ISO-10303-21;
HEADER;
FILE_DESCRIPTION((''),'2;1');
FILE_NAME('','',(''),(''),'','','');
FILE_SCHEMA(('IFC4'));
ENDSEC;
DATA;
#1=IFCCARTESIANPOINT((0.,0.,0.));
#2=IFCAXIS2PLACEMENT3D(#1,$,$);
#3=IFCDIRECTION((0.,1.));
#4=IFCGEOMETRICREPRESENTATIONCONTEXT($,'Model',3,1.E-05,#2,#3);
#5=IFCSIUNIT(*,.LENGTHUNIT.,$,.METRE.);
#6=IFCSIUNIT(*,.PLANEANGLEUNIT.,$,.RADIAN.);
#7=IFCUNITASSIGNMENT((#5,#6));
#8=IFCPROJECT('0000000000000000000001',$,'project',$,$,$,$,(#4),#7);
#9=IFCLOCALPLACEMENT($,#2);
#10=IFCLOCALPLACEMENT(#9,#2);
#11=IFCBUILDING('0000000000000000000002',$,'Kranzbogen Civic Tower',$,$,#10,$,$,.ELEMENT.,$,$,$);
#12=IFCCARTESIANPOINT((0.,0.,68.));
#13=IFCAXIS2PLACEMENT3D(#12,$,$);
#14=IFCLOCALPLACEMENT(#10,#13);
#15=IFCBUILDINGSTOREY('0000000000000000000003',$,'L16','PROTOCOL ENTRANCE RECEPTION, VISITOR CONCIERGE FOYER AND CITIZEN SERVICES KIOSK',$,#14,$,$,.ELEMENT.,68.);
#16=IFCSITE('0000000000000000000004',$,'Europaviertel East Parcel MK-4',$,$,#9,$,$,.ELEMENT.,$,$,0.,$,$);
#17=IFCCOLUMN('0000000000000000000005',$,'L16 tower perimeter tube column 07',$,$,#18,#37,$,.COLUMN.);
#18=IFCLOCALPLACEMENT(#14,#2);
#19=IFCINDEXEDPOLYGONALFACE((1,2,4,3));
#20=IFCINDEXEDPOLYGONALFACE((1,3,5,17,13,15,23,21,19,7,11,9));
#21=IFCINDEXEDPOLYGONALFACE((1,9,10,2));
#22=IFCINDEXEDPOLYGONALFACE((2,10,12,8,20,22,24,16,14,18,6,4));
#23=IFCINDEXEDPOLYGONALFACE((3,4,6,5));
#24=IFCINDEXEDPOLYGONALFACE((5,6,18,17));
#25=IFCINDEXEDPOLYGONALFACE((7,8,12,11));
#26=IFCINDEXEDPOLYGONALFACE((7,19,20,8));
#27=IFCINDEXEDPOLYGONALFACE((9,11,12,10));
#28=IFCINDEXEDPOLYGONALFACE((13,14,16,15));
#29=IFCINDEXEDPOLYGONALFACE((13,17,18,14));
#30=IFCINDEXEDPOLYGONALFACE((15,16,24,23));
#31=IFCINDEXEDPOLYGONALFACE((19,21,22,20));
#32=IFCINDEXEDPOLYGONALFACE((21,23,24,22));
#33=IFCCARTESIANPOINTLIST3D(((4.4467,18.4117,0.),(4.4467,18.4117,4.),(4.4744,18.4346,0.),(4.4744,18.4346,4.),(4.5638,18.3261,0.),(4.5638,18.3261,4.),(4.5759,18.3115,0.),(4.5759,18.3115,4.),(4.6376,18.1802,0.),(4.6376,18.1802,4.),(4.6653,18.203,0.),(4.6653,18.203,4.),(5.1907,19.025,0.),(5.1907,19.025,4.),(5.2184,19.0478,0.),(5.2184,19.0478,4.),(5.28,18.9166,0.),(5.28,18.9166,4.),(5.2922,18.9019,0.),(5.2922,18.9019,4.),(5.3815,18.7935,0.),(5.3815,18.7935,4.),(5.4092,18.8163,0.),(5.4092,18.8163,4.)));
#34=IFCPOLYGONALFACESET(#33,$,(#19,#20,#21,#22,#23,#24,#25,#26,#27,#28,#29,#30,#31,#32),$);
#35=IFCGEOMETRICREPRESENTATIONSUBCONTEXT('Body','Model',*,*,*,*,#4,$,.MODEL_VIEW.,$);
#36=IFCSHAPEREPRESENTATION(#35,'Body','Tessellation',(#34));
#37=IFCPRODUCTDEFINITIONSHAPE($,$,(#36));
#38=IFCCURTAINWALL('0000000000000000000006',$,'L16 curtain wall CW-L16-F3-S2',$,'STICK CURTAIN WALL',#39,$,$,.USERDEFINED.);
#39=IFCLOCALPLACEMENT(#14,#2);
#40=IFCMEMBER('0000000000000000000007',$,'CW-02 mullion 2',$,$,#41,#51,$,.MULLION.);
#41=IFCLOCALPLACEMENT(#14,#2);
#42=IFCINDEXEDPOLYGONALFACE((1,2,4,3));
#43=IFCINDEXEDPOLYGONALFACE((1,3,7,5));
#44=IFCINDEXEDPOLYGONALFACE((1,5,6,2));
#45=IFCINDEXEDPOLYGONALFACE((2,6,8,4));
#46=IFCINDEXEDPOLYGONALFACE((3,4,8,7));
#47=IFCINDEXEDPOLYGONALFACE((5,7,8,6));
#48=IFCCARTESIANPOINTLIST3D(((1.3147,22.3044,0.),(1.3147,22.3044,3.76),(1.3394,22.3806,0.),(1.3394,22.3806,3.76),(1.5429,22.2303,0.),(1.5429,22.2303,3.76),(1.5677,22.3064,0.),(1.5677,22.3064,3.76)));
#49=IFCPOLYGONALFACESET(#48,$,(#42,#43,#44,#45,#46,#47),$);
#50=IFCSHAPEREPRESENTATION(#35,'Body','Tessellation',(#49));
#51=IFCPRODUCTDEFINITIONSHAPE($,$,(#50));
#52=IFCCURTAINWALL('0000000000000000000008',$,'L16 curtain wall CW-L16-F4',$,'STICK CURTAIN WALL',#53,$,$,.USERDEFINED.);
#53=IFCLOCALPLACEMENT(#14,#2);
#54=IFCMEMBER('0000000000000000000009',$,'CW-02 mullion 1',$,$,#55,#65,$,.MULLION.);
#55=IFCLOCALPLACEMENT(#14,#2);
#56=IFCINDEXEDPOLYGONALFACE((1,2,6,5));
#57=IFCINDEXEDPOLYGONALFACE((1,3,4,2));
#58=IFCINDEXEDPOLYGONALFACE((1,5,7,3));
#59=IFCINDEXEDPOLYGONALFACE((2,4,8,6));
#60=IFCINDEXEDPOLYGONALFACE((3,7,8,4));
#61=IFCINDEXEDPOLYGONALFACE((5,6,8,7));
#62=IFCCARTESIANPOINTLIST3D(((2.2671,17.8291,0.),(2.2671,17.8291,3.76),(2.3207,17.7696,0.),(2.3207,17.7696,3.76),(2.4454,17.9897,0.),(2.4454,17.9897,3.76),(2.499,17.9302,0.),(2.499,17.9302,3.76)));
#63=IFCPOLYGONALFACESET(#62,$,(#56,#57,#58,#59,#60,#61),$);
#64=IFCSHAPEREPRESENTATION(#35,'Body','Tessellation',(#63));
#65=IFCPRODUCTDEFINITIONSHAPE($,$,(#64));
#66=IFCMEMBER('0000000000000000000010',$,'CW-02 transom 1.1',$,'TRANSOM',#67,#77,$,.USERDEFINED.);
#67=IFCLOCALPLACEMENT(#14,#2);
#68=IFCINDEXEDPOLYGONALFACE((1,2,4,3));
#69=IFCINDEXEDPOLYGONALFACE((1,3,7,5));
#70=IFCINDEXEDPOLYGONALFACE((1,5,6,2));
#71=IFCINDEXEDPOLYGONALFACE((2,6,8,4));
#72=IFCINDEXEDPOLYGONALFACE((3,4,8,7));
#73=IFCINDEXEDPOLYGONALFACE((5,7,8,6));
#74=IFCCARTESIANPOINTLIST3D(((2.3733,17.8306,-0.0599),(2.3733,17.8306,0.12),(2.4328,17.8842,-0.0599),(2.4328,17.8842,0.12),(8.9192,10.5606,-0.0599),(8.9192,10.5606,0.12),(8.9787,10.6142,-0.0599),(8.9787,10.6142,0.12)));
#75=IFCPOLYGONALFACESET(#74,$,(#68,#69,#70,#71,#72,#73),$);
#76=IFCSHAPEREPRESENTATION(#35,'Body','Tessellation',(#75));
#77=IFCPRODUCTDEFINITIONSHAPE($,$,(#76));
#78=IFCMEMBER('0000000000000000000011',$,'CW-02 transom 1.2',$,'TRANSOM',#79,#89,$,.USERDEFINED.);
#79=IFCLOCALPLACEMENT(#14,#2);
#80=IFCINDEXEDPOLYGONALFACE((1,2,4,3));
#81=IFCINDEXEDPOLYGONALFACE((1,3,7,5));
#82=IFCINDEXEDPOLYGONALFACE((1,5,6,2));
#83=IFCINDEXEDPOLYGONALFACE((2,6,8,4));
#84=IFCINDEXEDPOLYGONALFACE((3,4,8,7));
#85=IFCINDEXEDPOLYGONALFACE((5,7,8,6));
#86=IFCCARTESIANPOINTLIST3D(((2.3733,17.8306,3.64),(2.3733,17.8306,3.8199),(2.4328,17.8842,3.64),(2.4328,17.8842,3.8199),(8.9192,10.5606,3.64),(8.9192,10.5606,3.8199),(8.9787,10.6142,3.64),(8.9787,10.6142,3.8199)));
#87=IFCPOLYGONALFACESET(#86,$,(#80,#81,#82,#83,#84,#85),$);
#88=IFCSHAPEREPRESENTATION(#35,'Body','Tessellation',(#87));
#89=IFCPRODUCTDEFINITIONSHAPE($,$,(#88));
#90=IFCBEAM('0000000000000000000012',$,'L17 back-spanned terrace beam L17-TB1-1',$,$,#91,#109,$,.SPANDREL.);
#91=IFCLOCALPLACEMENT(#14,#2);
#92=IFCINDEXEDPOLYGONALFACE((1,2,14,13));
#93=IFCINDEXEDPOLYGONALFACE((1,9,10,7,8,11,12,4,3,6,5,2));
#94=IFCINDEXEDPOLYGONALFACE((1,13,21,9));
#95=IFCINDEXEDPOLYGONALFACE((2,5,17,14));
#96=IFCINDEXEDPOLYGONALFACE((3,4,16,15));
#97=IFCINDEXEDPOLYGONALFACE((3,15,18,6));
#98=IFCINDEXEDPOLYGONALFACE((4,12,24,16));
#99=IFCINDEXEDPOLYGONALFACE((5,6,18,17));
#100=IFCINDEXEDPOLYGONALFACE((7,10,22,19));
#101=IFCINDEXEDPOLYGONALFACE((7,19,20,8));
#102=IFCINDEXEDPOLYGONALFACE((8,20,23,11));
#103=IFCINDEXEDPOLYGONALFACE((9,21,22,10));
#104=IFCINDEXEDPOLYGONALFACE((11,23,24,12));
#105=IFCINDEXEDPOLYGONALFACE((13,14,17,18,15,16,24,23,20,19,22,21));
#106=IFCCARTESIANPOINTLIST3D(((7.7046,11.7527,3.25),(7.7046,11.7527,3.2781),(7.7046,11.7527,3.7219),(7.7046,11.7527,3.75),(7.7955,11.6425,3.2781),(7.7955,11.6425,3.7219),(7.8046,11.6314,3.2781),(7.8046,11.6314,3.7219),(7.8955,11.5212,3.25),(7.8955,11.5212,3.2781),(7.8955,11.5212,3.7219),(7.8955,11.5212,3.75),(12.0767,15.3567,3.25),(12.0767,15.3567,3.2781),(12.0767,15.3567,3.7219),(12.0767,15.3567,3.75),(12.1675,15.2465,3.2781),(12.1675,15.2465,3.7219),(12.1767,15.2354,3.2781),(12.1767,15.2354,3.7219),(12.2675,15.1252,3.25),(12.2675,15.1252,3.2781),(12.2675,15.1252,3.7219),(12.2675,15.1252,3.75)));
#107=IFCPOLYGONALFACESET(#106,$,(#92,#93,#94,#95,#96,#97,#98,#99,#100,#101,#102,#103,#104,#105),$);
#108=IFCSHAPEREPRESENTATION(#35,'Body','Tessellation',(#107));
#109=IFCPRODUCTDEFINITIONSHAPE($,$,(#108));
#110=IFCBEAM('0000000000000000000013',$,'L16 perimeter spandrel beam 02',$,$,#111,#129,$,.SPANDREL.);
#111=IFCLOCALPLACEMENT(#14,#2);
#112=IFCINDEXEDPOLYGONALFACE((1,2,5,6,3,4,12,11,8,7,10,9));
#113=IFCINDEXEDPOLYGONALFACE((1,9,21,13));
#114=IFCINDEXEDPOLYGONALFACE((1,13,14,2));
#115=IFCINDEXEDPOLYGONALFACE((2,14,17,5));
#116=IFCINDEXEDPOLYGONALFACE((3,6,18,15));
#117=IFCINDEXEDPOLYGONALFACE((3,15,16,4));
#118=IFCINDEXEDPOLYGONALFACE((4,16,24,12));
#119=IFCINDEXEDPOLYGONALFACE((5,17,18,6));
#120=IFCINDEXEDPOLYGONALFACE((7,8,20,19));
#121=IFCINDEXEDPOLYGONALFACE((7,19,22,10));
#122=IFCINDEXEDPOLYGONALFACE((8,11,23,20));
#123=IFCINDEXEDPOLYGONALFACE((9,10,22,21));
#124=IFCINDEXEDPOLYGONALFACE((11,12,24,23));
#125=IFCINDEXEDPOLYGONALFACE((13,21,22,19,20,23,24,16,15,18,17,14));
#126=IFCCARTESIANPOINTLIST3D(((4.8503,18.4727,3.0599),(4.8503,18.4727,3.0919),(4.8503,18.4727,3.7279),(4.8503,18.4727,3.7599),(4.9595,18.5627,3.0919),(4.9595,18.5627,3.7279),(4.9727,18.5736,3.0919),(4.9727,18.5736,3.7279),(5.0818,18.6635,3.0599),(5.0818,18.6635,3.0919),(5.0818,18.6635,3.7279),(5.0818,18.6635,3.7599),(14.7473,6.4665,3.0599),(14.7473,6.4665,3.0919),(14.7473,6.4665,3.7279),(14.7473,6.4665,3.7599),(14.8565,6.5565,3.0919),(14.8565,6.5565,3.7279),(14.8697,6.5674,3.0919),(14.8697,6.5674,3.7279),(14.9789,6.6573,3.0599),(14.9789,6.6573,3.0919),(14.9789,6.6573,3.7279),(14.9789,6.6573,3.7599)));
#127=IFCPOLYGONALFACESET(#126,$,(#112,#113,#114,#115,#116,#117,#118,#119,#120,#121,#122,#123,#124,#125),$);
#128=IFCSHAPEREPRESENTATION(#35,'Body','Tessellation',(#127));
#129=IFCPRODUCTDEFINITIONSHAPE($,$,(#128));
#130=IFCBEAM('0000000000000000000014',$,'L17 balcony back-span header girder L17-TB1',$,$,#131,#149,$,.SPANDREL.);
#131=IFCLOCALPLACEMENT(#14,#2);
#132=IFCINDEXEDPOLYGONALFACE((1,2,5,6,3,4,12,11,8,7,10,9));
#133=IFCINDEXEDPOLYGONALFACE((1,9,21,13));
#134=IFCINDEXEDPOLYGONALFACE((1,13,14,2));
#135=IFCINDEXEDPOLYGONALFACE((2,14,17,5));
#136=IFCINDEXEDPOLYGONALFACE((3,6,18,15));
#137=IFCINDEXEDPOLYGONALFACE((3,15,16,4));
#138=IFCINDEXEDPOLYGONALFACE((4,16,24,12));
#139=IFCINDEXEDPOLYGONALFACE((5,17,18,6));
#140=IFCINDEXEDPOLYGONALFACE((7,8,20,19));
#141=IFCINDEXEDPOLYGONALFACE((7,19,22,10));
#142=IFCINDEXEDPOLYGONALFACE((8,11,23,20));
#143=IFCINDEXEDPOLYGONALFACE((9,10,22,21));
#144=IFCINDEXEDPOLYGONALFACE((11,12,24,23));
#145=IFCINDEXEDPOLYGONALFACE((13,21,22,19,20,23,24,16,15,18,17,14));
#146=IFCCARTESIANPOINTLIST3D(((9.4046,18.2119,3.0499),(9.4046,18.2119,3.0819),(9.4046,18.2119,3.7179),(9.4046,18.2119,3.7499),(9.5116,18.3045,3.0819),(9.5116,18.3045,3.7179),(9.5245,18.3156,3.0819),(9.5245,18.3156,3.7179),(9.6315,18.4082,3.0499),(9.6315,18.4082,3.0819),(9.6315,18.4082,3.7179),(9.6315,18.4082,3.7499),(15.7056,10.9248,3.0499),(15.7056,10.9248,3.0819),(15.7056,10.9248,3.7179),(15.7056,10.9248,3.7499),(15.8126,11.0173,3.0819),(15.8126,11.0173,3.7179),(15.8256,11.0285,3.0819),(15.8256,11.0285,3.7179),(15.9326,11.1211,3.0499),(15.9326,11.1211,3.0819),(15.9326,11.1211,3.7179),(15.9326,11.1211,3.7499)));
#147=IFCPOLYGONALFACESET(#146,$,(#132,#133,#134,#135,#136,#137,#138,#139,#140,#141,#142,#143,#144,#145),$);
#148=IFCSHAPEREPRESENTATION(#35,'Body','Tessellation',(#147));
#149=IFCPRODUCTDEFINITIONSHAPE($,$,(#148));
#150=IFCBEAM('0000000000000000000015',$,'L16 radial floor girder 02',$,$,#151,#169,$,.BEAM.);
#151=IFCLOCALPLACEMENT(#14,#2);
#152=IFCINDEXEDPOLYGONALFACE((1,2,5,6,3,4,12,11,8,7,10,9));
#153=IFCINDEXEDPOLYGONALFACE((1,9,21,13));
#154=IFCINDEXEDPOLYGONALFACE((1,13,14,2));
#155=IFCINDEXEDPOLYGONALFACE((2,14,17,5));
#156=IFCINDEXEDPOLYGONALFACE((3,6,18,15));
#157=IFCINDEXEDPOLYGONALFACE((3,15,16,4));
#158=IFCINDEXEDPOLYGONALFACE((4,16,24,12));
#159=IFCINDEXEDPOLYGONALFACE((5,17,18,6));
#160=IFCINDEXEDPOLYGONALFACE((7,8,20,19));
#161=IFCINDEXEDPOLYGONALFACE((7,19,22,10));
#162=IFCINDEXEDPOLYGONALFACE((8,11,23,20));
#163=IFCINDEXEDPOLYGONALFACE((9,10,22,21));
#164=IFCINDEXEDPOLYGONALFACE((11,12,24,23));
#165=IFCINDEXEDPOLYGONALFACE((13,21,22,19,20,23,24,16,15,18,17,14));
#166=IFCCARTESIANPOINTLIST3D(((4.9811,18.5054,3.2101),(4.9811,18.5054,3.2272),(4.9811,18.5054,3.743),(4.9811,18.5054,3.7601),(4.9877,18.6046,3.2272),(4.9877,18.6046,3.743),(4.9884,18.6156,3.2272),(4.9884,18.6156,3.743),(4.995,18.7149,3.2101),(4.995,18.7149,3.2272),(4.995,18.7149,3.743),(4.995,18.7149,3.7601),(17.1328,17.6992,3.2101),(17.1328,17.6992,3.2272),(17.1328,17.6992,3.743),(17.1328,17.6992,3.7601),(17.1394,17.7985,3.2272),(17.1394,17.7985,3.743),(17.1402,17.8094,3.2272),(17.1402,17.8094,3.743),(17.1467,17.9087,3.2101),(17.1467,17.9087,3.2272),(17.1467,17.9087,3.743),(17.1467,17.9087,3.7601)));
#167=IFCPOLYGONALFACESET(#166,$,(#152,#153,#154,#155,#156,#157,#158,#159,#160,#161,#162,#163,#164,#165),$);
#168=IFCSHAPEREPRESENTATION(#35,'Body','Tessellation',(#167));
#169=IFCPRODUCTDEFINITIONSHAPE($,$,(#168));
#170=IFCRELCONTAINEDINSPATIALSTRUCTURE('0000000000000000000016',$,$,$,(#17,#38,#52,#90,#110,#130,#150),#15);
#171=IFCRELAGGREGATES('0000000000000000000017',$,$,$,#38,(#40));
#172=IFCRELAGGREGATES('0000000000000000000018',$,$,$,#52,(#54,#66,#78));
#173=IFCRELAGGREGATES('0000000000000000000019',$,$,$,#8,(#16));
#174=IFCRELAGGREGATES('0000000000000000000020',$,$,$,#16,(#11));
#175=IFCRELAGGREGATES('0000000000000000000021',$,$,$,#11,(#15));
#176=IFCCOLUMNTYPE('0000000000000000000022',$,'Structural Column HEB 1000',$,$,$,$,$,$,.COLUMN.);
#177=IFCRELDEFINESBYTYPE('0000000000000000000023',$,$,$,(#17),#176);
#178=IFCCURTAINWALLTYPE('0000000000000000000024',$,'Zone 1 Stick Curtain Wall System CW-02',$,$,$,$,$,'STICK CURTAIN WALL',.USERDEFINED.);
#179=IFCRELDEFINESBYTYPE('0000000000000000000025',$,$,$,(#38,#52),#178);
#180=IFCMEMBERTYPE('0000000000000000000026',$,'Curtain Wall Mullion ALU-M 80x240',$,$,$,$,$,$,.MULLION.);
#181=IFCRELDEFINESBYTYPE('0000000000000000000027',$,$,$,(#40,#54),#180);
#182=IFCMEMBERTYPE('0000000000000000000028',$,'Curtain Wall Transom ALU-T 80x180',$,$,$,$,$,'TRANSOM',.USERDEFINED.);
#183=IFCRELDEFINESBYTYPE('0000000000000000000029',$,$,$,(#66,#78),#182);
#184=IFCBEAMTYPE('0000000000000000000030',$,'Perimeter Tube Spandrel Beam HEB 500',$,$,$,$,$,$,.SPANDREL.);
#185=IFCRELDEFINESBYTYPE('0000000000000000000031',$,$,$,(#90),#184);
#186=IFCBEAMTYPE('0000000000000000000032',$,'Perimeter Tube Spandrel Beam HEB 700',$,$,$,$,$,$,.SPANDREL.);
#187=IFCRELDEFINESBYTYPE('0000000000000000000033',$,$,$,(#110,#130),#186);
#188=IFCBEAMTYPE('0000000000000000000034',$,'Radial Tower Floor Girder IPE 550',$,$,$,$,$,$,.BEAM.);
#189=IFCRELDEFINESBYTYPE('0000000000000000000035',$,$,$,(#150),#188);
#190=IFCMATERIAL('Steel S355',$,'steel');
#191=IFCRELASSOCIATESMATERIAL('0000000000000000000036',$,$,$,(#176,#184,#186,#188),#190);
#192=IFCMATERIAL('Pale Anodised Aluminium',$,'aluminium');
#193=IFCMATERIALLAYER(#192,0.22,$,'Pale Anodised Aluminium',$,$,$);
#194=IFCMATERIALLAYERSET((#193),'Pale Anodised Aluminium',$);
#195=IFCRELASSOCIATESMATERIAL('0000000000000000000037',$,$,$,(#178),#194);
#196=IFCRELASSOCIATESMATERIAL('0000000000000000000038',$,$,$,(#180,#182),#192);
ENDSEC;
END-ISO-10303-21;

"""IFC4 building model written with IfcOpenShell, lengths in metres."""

from ifc_helpers import new_model, si_unit, direction, frame, origin, origin_2d, place, context, subcontext, project, spatial, rectangle, i_section, extrude, material, layer, layer_set, material_profile, profile_set, type_object, element, aggregate, save


model = new_model("IFC4")

# Units and contexts
model_context = context("Model", 3, precision=1e-05, world=origin(), true_north=direction((0.0, 1.0)))
body_context = subcontext(model_context, "Body", "Model", "MODEL_VIEW")
ifc_project = project(units=[si_unit("LENGTHUNIT", "METRE"), si_unit("PLANEANGLEUNIT", "RADIAN")], contexts=[model_context])

# Site, building, storey
site_placement = place(None, origin())
site = spatial("IfcSite", under=ifc_project, at=site_placement, Name="Europaviertel East Parcel MK-4", CompositionType="ELEMENT", RefElevation=0.0)
building_placement = place(site_placement, origin())
building = spatial("IfcBuilding", under=site, at=building_placement, Name="Kranzbogen Civic Tower", CompositionType="ELEMENT")
storey_placement = place(building_placement, frame((0.0, 0.0, 68.0)))
storey = spatial("IfcBuildingStorey", under=building, at=storey_placement, Name="L16", Description="PROTOCOL ENTRANCE RECEPTION, VISITOR CONCIERGE FOYER AND CITIZEN SERVICES KIOSK", CompositionType="ELEMENT", Elevation=68.0)

# Column
ifc_material_1 = material(Name="Steel S355", Category="steel")
ifc_material_profile_1 = material_profile(ifc_material_1, i_section(OverallWidth=0.3, OverallDepth=1.0, WebThickness=0.019, FlangeThickness=0.0359, at=origin_2d()), Name="HEB 1000")
ifc_profile_set_1 = profile_set([ifc_material_profile_1], Name="Steel S355")
column_type = type_object("IfcColumnType", Name="Structural Column HEB 1000", PredefinedType="COLUMN", material=ifc_profile_set_1)
column_placement = place(storey_placement, frame((4.928, 18.614, 0.0), z_axis=(0.0, 0.0, 1.0), x_axis=(-0.636078, 0.771625, 0.0)))
element("IfcColumn", 1, at=column_placement, inside=storey, type_object=column_type, Name="L16 tower perimeter tube column 07", PredefinedType="COLUMN", context=body_context, shape_type="SweptSolid", body=[
    extrude(i_section(OverallWidth=0.3, OverallDepth=1.0, WebThickness=0.019, FlangeThickness=0.0359, at=origin_2d()), origin(), (0.0, 0.0, 1.0), 4.0),
])

# Curtain wall, member
ifc_material_2 = material(Name="Pale Anodised Aluminium", Category="aluminium")
ifc_layer_1 = layer(ifc_material_2, 0.22, Name="Pale Anodised Aluminium")
ifc_layer_set_1 = layer_set([ifc_layer_1], Name="Pale Anodised Aluminium")
curtain_wall_type = type_object("IfcCurtainWallType", Name="Zone 1 Stick Curtain Wall System CW-02", ElementType="STICK CURTAIN WALL", PredefinedType="USERDEFINED", material=ifc_layer_set_1)
curtain_wall_1_placement = place(storey_placement, origin())
curtain_wall_1 = element("IfcCurtainWall", 2, at=curtain_wall_1_placement, inside=storey, type_object=curtain_wall_type, Name="L16 curtain wall CW-L16-F3-S2", ObjectType="STICK CURTAIN WALL", PredefinedType="USERDEFINED")
ifc_material_profile_2 = material_profile(ifc_material_2, rectangle(XDim=0.0801, YDim=0.24, at=origin_2d()), Name="ALU-M 80x240")
ifc_profile_set_2 = profile_set([ifc_material_profile_2], Name="Pale Anodised Aluminium")
member_type_1 = type_object("IfcMemberType", Name="Curtain Wall Mullion ALU-M 80x240", PredefinedType="MULLION", material=ifc_profile_set_2)
member_1_placement = place(storey_placement, frame((1.4412, 22.3054, 0.0), z_axis=(0.0, 0.0, 1.0), x_axis=(-0.309023, -0.951054, 0.0)))
member_1 = element("IfcMember", 3, at=member_1_placement, type_object=member_type_1, Name="CW-02 mullion 2", PredefinedType="MULLION", context=body_context, shape_type="SweptSolid", body=[
    extrude(rectangle(XDim=0.0801, YDim=0.24, at=origin_2d()), origin(), (0.0, 0.0, 1.0), 3.76),
])
aggregate(curtain_wall_1, [member_1])

# Curtain wall, members
curtain_wall_2_placement = place(storey_placement, origin())
curtain_wall_2 = element("IfcCurtainWall", 4, at=curtain_wall_2_placement, inside=storey, type_object=curtain_wall_type, Name="L16 curtain wall CW-L16-F4", ObjectType="STICK CURTAIN WALL", PredefinedType="USERDEFINED")
member_2_placement = place(storey_placement, frame((2.3831, 17.8796, 0.0), z_axis=(0.0, 0.0, 1.0), x_axis=(0.669116, -0.743158, 0.0)))
member_2 = element("IfcMember", 5, at=member_2_placement, type_object=member_type_1, Name="CW-02 mullion 1", PredefinedType="MULLION", context=body_context, shape_type="SweptSolid", body=[
    extrude(rectangle(XDim=0.0801, YDim=0.24, at=origin_2d()), origin(), (0.0, 0.0, 1.0), 3.76),
])
ifc_material_profile_3 = material_profile(ifc_material_2, rectangle(XDim=0.0801, YDim=0.1799, at=origin_2d()), Name="ALU-T 80x180")
ifc_profile_set_3 = profile_set([ifc_material_profile_3], Name="Pale Anodised Aluminium")
member_type_2 = type_object("IfcMemberType", Name="Curtain Wall Transom ALU-T 80x180", ElementType="TRANSOM", PredefinedType="USERDEFINED", material=ifc_profile_set_3)
member_3_placement = place(storey_placement, frame((2.4031, 17.8574, 0.03), z_axis=(0.669127, -0.743148, 0.0), x_axis=(0.743148, 0.669127, 0.0)))
member_3 = element("IfcMember", 6, at=member_3_placement, type_object=member_type_2, Name="CW-02 transom 1.1", ObjectType="TRANSOM", PredefinedType="USERDEFINED", context=body_context, shape_type="SweptSolid", body=[
    extrude(rectangle(XDim=0.0801, YDim=0.1799, at=origin_2d()), origin(), (0.0, 0.0, 1.0), 9.7827),
])
member_4_placement = place(storey_placement, frame((2.4031, 17.8574, 3.73), z_axis=(0.669127, -0.743148, 0.0), x_axis=(0.743148, 0.669127, 0.0)))
member_4 = element("IfcMember", 7, at=member_4_placement, type_object=member_type_2, Name="CW-02 transom 1.2", ObjectType="TRANSOM", PredefinedType="USERDEFINED", context=body_context, shape_type="SweptSolid", body=[
    extrude(rectangle(XDim=0.0801, YDim=0.1799, at=origin_2d()), origin(), (0.0, 0.0, 1.0), 9.7827),
])

# Beams
ifc_material_profile_4 = material_profile(ifc_material_1, i_section(OverallWidth=0.3, OverallDepth=0.5, WebThickness=0.0144, FlangeThickness=0.0281, at=origin_2d()), Name="HEB 500")
ifc_profile_set_4 = profile_set([ifc_material_profile_4], Name="Steel S355")
beam_type_1 = type_object("IfcBeamType", Name="Perimeter Tube Spandrel Beam HEB 500", PredefinedType="SPANDREL", material=ifc_profile_set_4)
beam_1_placement = place(storey_placement, frame((12.1721, 15.241, 3.5), z_axis=(-0.771629, -0.636073, 0.0), x_axis=(0.636073, -0.771629, 0.0)))
element("IfcBeam", 8, at=beam_1_placement, inside=storey, type_object=beam_type_1, Name="L17 back-spanned terrace beam L17-TB1-1", PredefinedType="SPANDREL", context=body_context, shape_type="SweptSolid", body=[
    extrude(i_section(OverallWidth=0.3, OverallDepth=0.5, WebThickness=0.0144, FlangeThickness=0.0281, at=origin_2d()), origin(), (0.0, 0.0, 1.0), 5.666),
])
ifc_material_profile_5 = material_profile(ifc_material_1, i_section(OverallWidth=0.3, OverallDepth=0.7, WebThickness=0.0171, FlangeThickness=0.032, at=origin_2d()), Name="HEB 700")
ifc_profile_set_5 = profile_set([ifc_material_profile_5], Name="Steel S355")
beam_type_2 = type_object("IfcBeamType", Name="Perimeter Tube Spandrel Beam HEB 700", PredefinedType="SPANDREL", material=ifc_profile_set_5)
beam_2_placement = place(storey_placement, frame((4.9661, 18.5681, 3.4099), z_axis=(0.636075, -0.771628, 0.0), x_axis=(0.771628, 0.636075, 0.0)))
element("IfcBeam", 9, at=beam_2_placement, inside=storey, type_object=beam_type_2, Name="L16 perimeter spandrel beam 02", PredefinedType="SPANDREL", context=body_context, shape_type="SweptSolid", body=[
    extrude(i_section(OverallWidth=0.3, OverallDepth=0.7, WebThickness=0.0171, FlangeThickness=0.032, at=origin_2d()), origin(), (0.0, 0.0, 1.0), 15.5596),
])
beam_3_placement = place(storey_placement, frame((9.5181, 18.3101, 3.3999), z_axis=(0.654072, -0.756432, 0.0), x_axis=(0.756432, 0.654072, 0.0)))
element("IfcBeam", 10, at=beam_3_placement, inside=storey, type_object=beam_type_2, Name="L17 balcony back-span header girder L17-TB1", PredefinedType="SPANDREL", context=body_context, shape_type="SweptSolid", body=[
    extrude(i_section(OverallWidth=0.3, OverallDepth=0.7, WebThickness=0.0171, FlangeThickness=0.032, at=origin_2d()), origin(), (0.0, 0.0, 1.0), 9.6335),
])
ifc_material_profile_6 = material_profile(ifc_material_1, i_section(OverallWidth=0.21, OverallDepth=0.55, WebThickness=0.011, FlangeThickness=0.0171, at=origin_2d()), Name="IPE 550")
ifc_profile_set_6 = profile_set([ifc_material_profile_6], Name="Steel S355")
beam_type_3 = type_object("IfcBeamType", Name="Radial Tower Floor Girder IPE 550", PredefinedType="BEAM", material=ifc_profile_set_6)
beam_4_placement = place(storey_placement, frame((4.988, 18.6101, 3.4851), z_axis=(0.997807, -0.066194, 0.0), x_axis=(0.066194, 0.997807, 0.0)))
element("IfcBeam", 11, at=beam_4_placement, inside=storey, type_object=beam_type_3, Name="L16 radial floor girder 02", PredefinedType="BEAM", context=body_context, shape_type="SweptSolid", body=[
    extrude(i_section(OverallWidth=0.21, OverallDepth=0.55, WebThickness=0.011, FlangeThickness=0.0171, at=origin_2d()), origin(), (0.0, 0.0, 1.0), 12.1785),
])

aggregate(curtain_wall_2, [member_2, member_3, member_4])

save(model, "model.ifc")
